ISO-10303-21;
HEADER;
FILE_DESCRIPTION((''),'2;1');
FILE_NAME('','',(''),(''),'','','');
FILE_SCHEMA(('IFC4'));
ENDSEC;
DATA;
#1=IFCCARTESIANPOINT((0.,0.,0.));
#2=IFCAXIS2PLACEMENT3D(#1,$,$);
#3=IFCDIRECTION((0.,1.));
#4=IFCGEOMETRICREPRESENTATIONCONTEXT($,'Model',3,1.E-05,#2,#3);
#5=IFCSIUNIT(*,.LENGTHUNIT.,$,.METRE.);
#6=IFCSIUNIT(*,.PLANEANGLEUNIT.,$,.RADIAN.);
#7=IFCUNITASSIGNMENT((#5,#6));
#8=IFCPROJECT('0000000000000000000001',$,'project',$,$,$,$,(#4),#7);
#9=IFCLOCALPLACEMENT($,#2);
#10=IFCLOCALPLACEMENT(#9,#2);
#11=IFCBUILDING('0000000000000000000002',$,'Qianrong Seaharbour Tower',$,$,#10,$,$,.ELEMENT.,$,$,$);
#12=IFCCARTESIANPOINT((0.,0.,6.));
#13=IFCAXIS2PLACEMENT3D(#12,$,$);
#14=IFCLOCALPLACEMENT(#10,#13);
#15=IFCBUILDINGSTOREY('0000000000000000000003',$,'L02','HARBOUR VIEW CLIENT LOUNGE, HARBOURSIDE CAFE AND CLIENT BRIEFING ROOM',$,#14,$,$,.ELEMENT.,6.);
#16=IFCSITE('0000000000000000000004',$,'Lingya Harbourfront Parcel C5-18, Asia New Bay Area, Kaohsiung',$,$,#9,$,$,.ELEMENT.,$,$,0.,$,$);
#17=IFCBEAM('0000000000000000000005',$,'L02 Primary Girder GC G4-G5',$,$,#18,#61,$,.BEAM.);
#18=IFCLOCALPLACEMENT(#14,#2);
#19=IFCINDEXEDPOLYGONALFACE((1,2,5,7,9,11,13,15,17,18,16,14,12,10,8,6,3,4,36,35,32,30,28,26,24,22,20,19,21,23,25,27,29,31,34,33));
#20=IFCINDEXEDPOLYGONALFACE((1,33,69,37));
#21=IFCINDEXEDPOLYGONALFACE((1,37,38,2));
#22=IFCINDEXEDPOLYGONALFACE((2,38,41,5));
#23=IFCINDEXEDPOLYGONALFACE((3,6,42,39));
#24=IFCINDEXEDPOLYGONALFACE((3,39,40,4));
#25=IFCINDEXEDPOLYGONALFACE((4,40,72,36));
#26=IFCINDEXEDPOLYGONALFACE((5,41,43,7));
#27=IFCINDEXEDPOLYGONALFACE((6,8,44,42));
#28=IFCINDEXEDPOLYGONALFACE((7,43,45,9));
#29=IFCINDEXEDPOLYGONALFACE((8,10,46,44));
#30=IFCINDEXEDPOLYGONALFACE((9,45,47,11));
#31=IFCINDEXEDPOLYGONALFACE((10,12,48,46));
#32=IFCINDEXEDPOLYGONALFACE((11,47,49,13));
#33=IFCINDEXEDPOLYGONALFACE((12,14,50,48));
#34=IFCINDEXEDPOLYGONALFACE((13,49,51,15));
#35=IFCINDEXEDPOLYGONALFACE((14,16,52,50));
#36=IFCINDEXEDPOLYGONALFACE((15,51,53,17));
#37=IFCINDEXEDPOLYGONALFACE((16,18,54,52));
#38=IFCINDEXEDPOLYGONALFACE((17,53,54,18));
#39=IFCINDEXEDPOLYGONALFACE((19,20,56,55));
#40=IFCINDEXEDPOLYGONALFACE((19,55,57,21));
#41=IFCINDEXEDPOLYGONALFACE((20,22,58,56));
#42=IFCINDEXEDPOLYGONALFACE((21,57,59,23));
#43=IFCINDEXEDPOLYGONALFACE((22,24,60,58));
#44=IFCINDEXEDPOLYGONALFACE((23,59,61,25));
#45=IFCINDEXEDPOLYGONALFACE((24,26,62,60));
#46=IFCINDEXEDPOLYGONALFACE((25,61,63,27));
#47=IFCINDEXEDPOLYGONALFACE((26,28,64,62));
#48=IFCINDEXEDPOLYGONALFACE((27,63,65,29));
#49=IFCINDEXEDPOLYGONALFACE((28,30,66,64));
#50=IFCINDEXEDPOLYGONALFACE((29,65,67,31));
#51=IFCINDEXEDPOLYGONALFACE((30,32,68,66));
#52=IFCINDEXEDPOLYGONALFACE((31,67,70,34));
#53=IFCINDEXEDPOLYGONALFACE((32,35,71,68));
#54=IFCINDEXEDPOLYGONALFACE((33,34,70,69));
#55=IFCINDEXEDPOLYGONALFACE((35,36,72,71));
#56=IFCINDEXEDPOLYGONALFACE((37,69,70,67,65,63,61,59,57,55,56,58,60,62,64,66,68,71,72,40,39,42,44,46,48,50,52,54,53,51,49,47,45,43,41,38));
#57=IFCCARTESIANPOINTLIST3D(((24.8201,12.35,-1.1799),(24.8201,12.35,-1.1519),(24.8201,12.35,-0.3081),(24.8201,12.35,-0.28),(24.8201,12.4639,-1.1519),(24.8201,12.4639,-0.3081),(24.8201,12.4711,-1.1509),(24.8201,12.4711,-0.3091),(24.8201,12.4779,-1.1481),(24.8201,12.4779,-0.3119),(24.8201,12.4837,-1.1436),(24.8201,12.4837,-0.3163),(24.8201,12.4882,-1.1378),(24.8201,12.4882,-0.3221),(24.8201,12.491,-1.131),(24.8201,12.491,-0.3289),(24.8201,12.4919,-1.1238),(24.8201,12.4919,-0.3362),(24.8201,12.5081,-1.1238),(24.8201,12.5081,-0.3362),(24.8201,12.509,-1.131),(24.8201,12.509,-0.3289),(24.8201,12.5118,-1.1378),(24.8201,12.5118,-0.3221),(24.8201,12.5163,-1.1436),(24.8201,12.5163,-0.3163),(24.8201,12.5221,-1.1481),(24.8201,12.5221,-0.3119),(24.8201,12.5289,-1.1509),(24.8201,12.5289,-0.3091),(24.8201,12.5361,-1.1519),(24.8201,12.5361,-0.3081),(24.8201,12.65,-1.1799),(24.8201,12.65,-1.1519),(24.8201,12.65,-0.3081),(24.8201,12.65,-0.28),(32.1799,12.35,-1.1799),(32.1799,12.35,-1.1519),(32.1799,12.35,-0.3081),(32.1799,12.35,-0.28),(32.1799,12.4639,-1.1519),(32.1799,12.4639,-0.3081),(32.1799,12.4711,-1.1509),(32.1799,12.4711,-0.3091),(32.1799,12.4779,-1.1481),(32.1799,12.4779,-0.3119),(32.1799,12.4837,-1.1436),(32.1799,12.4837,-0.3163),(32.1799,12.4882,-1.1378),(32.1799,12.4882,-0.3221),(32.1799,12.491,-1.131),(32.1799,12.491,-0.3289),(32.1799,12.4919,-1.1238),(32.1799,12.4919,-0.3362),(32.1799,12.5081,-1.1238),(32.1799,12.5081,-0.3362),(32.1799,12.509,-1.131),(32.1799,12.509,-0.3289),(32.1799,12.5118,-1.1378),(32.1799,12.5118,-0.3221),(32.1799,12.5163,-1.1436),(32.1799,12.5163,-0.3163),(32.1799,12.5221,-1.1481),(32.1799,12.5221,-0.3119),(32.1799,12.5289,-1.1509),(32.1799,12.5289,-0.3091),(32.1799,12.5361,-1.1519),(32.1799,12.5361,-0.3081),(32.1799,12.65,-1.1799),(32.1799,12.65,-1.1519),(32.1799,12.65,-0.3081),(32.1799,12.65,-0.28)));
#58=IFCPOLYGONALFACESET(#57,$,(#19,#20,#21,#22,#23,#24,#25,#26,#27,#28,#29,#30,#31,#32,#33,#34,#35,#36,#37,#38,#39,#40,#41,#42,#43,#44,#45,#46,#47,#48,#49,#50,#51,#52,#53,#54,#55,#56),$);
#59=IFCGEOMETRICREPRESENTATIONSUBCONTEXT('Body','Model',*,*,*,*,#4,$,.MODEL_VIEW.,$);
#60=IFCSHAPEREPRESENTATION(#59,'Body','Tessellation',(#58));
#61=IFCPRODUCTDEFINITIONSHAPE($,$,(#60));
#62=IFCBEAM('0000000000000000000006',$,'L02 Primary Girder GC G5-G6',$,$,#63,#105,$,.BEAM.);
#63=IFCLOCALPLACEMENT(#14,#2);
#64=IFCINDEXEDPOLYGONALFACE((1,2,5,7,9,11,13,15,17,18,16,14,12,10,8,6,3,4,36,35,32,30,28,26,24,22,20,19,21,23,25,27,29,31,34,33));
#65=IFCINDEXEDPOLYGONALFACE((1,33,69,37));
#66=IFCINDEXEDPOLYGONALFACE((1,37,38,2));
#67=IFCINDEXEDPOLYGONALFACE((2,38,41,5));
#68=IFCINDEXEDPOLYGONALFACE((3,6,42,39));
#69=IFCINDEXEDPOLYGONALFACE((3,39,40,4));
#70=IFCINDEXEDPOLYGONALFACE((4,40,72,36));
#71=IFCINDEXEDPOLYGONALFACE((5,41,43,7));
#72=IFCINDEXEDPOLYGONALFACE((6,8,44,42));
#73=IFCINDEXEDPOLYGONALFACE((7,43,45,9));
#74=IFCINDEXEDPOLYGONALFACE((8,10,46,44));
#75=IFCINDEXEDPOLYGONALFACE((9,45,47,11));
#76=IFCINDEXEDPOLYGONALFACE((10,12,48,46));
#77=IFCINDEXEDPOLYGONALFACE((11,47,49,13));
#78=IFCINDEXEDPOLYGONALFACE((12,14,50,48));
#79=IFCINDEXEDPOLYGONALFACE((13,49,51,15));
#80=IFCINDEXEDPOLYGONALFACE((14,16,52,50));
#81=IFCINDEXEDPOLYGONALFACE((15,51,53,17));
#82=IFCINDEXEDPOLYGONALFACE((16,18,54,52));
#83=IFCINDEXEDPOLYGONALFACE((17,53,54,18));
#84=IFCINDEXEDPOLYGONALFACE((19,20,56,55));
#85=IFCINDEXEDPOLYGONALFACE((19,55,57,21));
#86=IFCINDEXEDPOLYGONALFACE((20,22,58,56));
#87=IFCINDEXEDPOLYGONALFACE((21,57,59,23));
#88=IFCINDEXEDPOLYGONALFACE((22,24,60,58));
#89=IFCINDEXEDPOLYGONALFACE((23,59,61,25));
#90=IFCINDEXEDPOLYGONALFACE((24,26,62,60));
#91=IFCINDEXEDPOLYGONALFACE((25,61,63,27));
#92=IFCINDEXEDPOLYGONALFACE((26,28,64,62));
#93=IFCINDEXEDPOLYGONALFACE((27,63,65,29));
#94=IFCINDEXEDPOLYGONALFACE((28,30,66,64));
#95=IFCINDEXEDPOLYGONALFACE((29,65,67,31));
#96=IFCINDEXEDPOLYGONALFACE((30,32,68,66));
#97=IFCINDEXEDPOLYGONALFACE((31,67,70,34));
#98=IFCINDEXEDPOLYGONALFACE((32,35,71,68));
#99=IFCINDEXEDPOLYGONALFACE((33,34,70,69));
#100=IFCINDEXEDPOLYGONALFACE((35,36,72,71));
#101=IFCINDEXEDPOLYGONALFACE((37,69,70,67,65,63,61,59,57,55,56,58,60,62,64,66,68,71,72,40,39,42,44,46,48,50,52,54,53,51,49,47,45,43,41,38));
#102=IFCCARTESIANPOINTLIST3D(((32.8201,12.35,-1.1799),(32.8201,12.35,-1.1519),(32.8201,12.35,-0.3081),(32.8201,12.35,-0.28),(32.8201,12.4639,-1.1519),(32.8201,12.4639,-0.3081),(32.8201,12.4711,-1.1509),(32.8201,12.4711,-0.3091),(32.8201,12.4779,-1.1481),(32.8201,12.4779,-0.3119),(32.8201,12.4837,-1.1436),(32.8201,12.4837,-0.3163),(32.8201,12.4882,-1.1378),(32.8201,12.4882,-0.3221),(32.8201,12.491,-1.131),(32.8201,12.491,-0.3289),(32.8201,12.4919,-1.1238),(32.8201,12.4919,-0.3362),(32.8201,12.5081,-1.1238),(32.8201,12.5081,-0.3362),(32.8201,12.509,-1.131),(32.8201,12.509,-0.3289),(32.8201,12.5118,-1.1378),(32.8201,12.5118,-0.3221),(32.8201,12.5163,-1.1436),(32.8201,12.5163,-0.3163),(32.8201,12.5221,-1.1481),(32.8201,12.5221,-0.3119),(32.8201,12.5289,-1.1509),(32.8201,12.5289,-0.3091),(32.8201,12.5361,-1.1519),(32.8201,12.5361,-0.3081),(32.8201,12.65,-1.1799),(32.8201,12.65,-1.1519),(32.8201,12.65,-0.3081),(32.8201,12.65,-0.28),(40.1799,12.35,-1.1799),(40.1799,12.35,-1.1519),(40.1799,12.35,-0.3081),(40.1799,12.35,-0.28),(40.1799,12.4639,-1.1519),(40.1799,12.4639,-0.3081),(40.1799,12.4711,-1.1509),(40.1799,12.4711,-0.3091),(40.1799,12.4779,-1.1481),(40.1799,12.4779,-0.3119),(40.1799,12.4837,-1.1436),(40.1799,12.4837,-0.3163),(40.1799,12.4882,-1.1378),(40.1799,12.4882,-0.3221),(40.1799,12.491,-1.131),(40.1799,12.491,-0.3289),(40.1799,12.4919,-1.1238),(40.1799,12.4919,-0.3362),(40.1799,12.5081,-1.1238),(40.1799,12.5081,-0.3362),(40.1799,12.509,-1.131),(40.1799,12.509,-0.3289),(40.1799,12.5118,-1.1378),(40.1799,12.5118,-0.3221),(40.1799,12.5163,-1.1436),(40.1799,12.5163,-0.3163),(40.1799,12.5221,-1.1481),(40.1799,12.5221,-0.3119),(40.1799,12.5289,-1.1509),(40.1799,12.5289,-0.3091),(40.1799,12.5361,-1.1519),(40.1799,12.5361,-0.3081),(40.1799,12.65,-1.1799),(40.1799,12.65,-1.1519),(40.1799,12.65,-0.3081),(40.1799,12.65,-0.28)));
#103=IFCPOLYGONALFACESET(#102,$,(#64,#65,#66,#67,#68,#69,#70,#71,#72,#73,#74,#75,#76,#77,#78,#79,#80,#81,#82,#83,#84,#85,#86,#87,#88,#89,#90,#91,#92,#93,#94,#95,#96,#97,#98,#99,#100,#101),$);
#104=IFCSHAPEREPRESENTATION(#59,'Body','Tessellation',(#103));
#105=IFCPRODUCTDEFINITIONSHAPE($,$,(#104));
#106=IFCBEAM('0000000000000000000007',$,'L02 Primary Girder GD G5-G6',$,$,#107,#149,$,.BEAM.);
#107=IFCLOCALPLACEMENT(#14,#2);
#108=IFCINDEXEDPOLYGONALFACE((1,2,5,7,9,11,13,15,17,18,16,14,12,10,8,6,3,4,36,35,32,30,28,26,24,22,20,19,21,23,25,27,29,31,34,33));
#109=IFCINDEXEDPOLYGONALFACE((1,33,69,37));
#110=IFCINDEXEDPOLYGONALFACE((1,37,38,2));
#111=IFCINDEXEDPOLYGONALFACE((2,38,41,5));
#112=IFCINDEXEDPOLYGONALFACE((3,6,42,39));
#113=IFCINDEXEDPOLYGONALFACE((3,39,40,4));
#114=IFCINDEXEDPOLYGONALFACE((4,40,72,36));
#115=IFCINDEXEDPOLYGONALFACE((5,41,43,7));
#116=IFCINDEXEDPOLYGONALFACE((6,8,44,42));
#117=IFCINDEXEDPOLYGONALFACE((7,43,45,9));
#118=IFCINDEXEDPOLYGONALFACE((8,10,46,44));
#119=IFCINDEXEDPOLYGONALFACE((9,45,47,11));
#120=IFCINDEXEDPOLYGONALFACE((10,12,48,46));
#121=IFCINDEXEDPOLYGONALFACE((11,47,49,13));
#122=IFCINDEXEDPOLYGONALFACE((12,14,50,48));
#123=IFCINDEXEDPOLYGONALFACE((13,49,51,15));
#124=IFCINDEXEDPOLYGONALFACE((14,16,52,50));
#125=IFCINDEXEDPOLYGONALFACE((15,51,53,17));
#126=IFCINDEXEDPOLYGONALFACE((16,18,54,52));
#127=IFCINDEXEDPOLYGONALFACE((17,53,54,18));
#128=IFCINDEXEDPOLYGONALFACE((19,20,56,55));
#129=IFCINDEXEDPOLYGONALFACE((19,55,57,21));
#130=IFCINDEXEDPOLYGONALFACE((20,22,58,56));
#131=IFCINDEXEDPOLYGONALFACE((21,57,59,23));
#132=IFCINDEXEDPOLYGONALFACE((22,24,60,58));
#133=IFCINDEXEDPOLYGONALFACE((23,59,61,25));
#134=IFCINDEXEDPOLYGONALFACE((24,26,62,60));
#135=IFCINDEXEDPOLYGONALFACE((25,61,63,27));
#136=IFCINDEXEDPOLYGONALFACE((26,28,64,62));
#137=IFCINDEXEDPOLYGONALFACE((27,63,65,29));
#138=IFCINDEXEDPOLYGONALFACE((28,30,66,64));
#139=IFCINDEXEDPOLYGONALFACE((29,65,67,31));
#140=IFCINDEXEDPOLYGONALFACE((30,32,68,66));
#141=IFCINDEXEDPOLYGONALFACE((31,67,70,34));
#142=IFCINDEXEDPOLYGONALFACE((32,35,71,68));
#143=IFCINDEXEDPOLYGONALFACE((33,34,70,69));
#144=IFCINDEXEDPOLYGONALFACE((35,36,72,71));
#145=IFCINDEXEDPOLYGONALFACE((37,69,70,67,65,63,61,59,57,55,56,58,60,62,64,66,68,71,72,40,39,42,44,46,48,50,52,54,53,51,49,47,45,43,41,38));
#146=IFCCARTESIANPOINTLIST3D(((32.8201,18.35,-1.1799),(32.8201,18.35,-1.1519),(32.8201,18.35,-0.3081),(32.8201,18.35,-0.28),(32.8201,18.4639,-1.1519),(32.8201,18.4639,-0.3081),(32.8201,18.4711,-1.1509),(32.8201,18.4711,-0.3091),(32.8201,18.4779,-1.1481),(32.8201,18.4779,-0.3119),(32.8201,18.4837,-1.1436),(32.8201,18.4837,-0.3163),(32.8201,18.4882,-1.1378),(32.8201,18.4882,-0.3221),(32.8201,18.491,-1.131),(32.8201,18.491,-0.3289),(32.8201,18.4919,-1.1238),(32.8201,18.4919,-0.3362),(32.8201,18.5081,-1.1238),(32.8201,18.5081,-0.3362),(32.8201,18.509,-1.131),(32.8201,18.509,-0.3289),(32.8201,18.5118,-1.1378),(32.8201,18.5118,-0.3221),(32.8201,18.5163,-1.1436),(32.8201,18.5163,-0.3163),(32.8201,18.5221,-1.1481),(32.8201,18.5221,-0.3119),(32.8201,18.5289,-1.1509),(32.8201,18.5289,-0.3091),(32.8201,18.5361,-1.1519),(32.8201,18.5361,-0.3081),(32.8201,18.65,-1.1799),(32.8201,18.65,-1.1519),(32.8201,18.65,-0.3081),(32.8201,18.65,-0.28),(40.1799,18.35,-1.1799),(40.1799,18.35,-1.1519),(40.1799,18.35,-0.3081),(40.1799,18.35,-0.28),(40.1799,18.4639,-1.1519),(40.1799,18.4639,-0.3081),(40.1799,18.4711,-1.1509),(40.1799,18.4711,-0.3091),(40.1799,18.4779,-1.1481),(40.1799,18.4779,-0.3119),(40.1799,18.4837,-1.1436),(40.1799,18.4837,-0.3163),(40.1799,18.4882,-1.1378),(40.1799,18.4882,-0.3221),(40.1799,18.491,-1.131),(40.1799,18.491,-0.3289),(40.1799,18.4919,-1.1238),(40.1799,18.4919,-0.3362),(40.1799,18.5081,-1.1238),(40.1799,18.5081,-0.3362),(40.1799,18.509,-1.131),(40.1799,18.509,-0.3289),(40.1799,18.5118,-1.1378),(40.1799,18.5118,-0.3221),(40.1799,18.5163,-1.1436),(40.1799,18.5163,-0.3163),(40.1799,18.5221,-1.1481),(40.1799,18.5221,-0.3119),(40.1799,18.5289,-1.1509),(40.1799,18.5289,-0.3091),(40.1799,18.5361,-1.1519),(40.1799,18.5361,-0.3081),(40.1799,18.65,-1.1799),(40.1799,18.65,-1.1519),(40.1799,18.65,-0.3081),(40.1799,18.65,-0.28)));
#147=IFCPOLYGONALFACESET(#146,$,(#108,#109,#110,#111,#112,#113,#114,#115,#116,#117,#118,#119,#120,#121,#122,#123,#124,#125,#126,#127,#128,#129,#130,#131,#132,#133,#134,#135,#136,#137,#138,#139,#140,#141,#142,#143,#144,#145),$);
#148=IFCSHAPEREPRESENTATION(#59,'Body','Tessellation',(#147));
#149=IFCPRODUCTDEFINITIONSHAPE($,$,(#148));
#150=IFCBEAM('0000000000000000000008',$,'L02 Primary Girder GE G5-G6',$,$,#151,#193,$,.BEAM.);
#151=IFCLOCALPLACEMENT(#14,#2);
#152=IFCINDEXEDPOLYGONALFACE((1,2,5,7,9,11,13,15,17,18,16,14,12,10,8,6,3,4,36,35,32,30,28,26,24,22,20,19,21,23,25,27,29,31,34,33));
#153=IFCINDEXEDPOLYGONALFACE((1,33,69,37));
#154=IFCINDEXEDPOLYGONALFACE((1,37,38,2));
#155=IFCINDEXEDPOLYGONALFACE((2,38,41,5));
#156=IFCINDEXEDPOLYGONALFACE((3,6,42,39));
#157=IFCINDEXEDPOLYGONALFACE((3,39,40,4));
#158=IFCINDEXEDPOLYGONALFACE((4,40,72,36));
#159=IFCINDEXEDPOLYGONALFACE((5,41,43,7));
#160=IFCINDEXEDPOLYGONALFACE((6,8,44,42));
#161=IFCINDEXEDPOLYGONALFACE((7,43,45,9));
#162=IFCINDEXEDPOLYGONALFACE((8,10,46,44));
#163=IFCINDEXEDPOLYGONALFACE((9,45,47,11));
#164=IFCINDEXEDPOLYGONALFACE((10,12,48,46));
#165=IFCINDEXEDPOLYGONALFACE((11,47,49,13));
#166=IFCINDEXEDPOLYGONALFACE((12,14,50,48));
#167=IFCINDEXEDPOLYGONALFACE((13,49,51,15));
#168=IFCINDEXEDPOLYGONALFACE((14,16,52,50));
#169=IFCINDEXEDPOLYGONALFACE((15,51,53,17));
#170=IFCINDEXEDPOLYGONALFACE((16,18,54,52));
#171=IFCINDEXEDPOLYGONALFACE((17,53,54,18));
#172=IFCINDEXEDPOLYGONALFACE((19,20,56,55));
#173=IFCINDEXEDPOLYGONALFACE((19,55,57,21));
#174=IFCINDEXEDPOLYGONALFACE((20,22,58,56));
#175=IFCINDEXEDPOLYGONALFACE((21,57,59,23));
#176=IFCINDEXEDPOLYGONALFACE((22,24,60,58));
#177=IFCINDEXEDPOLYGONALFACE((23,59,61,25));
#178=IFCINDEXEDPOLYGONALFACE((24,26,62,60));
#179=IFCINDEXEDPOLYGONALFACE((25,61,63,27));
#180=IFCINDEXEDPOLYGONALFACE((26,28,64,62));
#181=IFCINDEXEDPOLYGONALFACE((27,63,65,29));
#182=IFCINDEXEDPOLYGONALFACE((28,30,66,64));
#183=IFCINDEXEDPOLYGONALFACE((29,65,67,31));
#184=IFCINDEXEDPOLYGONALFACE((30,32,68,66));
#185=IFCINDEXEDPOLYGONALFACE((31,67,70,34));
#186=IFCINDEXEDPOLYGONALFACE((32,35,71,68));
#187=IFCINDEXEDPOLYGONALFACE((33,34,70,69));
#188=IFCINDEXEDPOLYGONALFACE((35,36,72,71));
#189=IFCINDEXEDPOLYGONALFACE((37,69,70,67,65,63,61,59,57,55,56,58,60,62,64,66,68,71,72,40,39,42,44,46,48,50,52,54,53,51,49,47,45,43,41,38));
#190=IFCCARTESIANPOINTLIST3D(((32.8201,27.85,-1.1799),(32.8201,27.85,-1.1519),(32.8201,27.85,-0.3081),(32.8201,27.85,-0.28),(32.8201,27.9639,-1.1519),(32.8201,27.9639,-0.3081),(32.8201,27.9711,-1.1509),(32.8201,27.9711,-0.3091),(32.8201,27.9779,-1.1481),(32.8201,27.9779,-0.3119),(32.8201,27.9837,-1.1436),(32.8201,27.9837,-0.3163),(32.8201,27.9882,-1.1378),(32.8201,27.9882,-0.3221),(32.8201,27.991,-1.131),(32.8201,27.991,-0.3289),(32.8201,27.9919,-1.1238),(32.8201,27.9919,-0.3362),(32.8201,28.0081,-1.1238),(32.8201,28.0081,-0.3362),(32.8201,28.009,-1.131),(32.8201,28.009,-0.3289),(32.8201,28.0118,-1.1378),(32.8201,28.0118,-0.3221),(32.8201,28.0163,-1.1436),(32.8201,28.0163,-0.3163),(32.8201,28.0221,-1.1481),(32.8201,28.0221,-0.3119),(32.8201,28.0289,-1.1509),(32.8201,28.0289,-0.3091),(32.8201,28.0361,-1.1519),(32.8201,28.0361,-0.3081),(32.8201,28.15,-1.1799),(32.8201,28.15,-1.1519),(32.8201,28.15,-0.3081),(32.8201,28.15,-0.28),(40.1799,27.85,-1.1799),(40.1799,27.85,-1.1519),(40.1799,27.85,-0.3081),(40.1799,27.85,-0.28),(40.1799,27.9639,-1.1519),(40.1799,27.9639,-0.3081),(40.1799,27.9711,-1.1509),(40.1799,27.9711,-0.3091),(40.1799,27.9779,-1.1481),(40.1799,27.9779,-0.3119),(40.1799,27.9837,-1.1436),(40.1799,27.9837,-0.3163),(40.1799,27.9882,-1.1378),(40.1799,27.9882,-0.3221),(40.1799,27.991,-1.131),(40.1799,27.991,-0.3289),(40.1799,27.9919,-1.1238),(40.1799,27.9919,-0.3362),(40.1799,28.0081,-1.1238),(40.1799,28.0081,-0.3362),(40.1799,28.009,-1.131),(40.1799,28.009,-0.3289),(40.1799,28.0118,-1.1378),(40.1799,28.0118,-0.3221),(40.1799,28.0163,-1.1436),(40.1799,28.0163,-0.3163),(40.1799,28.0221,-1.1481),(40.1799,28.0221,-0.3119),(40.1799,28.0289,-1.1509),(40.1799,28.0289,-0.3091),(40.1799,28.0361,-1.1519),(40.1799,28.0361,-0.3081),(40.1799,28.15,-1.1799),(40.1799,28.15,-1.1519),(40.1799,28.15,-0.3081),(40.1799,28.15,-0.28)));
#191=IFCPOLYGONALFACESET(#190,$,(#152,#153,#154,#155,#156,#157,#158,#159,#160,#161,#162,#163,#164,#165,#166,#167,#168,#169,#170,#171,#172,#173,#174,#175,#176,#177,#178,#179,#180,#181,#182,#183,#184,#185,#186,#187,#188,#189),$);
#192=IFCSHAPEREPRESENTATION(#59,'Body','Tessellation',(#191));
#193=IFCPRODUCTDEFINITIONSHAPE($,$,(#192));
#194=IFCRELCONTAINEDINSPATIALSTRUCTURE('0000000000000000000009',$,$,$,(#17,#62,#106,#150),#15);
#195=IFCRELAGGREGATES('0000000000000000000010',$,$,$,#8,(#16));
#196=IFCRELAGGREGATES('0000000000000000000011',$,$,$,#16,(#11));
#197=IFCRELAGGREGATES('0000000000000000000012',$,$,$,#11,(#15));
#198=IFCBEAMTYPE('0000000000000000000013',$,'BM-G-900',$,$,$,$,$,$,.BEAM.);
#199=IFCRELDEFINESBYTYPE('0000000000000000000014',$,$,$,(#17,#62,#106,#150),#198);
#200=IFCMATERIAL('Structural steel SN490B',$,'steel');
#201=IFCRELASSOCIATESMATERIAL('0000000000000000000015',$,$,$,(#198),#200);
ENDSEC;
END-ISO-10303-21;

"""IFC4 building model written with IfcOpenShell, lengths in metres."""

from ifc_helpers import new_model, si_unit, direction, frame, origin, origin_2d, place, context, subcontext, project, spatial, i_section, extrude, material, material_profile, profile_set, type_object, element, save


model = new_model("IFC4")

# Units and contexts
model_context = context("Model", 3, precision=1e-05, world=origin(), true_north=direction((0.0, 1.0)))
body_context = subcontext(model_context, "Body", "Model", "MODEL_VIEW")
ifc_project = project(units=[si_unit("LENGTHUNIT", "METRE"), si_unit("PLANEANGLEUNIT", "RADIAN")], contexts=[model_context])

# Site, building, storey
site_placement = place(None, origin())
site = spatial("IfcSite", under=ifc_project, at=site_placement, Name="Lingya Harbourfront Parcel C5-18, Asia New Bay Area, Kaohsiung", CompositionType="ELEMENT", RefElevation=0.0)
building_placement = place(site_placement, origin())
building = spatial("IfcBuilding", under=site, at=building_placement, Name="Qianrong Seaharbour Tower", CompositionType="ELEMENT")
storey_placement = place(building_placement, frame((0.0, 0.0, 6.0)))
storey = spatial("IfcBuildingStorey", under=building, at=storey_placement, Name="L02", Description="HARBOUR VIEW CLIENT LOUNGE, HARBOURSIDE CAFE AND CLIENT BRIEFING ROOM", CompositionType="ELEMENT", Elevation=6.0)

# Shared definitions
ifc_material_1 = material(Name="Structural steel SN490B", Category="steel")

# Beams
ifc_material_profile_1 = material_profile(ifc_material_1, i_section(OverallWidth=0.3, OverallDepth=0.8999, WebThickness=0.0161, FlangeThickness=0.0281, FilletRadius=0.0281, at=origin_2d()), Name="H900x300x16x28")
ifc_profile_set_1 = profile_set([ifc_material_profile_1], Name="Structural steel SN490B")
beam_type_1 = type_object("IfcBeamType", Name="BM-G-900", PredefinedType="BEAM", material=ifc_profile_set_1)
for number, where, z_axis, x_axis, name in (
    (1, (24.8201, 12.5, -0.73), (1.0, 0.0, 0.0), (0.0, 1.0, 0.0), "L02 Primary Girder GC G4-G5"),
    (2, (32.8201, 12.5, -0.73), (1.0, 0.0, 0.0), (0.0, 1.0, 0.0), "L02 Primary Girder GC G5-G6"),
    (3, (32.8201, 18.5, -0.73), (1.0, 0.0, 0.0), (0.0, 1.0, 0.0), "L02 Primary Girder GD G5-G6"),
    (4, (32.8201, 28.0, -0.73), (1.0, 0.0, 0.0), (0.0, 1.0, 0.0), "L02 Primary Girder GE G5-G6"),
):
    element("IfcBeam", number, at=place(storey_placement, frame(where, z_axis=z_axis, x_axis=x_axis)), inside=storey, type_object=beam_type_1, Name=name, PredefinedType="BEAM", context=body_context, shape_type="SweptSolid", body=[
        extrude(i_section(OverallWidth=0.3, OverallDepth=0.8999, WebThickness=0.0161, FlangeThickness=0.0281, FilletRadius=0.0281, at=origin_2d()), origin(), (0.0, 0.0, 1.0), 7.3599),
    ])

save(model, "model.ifc")
